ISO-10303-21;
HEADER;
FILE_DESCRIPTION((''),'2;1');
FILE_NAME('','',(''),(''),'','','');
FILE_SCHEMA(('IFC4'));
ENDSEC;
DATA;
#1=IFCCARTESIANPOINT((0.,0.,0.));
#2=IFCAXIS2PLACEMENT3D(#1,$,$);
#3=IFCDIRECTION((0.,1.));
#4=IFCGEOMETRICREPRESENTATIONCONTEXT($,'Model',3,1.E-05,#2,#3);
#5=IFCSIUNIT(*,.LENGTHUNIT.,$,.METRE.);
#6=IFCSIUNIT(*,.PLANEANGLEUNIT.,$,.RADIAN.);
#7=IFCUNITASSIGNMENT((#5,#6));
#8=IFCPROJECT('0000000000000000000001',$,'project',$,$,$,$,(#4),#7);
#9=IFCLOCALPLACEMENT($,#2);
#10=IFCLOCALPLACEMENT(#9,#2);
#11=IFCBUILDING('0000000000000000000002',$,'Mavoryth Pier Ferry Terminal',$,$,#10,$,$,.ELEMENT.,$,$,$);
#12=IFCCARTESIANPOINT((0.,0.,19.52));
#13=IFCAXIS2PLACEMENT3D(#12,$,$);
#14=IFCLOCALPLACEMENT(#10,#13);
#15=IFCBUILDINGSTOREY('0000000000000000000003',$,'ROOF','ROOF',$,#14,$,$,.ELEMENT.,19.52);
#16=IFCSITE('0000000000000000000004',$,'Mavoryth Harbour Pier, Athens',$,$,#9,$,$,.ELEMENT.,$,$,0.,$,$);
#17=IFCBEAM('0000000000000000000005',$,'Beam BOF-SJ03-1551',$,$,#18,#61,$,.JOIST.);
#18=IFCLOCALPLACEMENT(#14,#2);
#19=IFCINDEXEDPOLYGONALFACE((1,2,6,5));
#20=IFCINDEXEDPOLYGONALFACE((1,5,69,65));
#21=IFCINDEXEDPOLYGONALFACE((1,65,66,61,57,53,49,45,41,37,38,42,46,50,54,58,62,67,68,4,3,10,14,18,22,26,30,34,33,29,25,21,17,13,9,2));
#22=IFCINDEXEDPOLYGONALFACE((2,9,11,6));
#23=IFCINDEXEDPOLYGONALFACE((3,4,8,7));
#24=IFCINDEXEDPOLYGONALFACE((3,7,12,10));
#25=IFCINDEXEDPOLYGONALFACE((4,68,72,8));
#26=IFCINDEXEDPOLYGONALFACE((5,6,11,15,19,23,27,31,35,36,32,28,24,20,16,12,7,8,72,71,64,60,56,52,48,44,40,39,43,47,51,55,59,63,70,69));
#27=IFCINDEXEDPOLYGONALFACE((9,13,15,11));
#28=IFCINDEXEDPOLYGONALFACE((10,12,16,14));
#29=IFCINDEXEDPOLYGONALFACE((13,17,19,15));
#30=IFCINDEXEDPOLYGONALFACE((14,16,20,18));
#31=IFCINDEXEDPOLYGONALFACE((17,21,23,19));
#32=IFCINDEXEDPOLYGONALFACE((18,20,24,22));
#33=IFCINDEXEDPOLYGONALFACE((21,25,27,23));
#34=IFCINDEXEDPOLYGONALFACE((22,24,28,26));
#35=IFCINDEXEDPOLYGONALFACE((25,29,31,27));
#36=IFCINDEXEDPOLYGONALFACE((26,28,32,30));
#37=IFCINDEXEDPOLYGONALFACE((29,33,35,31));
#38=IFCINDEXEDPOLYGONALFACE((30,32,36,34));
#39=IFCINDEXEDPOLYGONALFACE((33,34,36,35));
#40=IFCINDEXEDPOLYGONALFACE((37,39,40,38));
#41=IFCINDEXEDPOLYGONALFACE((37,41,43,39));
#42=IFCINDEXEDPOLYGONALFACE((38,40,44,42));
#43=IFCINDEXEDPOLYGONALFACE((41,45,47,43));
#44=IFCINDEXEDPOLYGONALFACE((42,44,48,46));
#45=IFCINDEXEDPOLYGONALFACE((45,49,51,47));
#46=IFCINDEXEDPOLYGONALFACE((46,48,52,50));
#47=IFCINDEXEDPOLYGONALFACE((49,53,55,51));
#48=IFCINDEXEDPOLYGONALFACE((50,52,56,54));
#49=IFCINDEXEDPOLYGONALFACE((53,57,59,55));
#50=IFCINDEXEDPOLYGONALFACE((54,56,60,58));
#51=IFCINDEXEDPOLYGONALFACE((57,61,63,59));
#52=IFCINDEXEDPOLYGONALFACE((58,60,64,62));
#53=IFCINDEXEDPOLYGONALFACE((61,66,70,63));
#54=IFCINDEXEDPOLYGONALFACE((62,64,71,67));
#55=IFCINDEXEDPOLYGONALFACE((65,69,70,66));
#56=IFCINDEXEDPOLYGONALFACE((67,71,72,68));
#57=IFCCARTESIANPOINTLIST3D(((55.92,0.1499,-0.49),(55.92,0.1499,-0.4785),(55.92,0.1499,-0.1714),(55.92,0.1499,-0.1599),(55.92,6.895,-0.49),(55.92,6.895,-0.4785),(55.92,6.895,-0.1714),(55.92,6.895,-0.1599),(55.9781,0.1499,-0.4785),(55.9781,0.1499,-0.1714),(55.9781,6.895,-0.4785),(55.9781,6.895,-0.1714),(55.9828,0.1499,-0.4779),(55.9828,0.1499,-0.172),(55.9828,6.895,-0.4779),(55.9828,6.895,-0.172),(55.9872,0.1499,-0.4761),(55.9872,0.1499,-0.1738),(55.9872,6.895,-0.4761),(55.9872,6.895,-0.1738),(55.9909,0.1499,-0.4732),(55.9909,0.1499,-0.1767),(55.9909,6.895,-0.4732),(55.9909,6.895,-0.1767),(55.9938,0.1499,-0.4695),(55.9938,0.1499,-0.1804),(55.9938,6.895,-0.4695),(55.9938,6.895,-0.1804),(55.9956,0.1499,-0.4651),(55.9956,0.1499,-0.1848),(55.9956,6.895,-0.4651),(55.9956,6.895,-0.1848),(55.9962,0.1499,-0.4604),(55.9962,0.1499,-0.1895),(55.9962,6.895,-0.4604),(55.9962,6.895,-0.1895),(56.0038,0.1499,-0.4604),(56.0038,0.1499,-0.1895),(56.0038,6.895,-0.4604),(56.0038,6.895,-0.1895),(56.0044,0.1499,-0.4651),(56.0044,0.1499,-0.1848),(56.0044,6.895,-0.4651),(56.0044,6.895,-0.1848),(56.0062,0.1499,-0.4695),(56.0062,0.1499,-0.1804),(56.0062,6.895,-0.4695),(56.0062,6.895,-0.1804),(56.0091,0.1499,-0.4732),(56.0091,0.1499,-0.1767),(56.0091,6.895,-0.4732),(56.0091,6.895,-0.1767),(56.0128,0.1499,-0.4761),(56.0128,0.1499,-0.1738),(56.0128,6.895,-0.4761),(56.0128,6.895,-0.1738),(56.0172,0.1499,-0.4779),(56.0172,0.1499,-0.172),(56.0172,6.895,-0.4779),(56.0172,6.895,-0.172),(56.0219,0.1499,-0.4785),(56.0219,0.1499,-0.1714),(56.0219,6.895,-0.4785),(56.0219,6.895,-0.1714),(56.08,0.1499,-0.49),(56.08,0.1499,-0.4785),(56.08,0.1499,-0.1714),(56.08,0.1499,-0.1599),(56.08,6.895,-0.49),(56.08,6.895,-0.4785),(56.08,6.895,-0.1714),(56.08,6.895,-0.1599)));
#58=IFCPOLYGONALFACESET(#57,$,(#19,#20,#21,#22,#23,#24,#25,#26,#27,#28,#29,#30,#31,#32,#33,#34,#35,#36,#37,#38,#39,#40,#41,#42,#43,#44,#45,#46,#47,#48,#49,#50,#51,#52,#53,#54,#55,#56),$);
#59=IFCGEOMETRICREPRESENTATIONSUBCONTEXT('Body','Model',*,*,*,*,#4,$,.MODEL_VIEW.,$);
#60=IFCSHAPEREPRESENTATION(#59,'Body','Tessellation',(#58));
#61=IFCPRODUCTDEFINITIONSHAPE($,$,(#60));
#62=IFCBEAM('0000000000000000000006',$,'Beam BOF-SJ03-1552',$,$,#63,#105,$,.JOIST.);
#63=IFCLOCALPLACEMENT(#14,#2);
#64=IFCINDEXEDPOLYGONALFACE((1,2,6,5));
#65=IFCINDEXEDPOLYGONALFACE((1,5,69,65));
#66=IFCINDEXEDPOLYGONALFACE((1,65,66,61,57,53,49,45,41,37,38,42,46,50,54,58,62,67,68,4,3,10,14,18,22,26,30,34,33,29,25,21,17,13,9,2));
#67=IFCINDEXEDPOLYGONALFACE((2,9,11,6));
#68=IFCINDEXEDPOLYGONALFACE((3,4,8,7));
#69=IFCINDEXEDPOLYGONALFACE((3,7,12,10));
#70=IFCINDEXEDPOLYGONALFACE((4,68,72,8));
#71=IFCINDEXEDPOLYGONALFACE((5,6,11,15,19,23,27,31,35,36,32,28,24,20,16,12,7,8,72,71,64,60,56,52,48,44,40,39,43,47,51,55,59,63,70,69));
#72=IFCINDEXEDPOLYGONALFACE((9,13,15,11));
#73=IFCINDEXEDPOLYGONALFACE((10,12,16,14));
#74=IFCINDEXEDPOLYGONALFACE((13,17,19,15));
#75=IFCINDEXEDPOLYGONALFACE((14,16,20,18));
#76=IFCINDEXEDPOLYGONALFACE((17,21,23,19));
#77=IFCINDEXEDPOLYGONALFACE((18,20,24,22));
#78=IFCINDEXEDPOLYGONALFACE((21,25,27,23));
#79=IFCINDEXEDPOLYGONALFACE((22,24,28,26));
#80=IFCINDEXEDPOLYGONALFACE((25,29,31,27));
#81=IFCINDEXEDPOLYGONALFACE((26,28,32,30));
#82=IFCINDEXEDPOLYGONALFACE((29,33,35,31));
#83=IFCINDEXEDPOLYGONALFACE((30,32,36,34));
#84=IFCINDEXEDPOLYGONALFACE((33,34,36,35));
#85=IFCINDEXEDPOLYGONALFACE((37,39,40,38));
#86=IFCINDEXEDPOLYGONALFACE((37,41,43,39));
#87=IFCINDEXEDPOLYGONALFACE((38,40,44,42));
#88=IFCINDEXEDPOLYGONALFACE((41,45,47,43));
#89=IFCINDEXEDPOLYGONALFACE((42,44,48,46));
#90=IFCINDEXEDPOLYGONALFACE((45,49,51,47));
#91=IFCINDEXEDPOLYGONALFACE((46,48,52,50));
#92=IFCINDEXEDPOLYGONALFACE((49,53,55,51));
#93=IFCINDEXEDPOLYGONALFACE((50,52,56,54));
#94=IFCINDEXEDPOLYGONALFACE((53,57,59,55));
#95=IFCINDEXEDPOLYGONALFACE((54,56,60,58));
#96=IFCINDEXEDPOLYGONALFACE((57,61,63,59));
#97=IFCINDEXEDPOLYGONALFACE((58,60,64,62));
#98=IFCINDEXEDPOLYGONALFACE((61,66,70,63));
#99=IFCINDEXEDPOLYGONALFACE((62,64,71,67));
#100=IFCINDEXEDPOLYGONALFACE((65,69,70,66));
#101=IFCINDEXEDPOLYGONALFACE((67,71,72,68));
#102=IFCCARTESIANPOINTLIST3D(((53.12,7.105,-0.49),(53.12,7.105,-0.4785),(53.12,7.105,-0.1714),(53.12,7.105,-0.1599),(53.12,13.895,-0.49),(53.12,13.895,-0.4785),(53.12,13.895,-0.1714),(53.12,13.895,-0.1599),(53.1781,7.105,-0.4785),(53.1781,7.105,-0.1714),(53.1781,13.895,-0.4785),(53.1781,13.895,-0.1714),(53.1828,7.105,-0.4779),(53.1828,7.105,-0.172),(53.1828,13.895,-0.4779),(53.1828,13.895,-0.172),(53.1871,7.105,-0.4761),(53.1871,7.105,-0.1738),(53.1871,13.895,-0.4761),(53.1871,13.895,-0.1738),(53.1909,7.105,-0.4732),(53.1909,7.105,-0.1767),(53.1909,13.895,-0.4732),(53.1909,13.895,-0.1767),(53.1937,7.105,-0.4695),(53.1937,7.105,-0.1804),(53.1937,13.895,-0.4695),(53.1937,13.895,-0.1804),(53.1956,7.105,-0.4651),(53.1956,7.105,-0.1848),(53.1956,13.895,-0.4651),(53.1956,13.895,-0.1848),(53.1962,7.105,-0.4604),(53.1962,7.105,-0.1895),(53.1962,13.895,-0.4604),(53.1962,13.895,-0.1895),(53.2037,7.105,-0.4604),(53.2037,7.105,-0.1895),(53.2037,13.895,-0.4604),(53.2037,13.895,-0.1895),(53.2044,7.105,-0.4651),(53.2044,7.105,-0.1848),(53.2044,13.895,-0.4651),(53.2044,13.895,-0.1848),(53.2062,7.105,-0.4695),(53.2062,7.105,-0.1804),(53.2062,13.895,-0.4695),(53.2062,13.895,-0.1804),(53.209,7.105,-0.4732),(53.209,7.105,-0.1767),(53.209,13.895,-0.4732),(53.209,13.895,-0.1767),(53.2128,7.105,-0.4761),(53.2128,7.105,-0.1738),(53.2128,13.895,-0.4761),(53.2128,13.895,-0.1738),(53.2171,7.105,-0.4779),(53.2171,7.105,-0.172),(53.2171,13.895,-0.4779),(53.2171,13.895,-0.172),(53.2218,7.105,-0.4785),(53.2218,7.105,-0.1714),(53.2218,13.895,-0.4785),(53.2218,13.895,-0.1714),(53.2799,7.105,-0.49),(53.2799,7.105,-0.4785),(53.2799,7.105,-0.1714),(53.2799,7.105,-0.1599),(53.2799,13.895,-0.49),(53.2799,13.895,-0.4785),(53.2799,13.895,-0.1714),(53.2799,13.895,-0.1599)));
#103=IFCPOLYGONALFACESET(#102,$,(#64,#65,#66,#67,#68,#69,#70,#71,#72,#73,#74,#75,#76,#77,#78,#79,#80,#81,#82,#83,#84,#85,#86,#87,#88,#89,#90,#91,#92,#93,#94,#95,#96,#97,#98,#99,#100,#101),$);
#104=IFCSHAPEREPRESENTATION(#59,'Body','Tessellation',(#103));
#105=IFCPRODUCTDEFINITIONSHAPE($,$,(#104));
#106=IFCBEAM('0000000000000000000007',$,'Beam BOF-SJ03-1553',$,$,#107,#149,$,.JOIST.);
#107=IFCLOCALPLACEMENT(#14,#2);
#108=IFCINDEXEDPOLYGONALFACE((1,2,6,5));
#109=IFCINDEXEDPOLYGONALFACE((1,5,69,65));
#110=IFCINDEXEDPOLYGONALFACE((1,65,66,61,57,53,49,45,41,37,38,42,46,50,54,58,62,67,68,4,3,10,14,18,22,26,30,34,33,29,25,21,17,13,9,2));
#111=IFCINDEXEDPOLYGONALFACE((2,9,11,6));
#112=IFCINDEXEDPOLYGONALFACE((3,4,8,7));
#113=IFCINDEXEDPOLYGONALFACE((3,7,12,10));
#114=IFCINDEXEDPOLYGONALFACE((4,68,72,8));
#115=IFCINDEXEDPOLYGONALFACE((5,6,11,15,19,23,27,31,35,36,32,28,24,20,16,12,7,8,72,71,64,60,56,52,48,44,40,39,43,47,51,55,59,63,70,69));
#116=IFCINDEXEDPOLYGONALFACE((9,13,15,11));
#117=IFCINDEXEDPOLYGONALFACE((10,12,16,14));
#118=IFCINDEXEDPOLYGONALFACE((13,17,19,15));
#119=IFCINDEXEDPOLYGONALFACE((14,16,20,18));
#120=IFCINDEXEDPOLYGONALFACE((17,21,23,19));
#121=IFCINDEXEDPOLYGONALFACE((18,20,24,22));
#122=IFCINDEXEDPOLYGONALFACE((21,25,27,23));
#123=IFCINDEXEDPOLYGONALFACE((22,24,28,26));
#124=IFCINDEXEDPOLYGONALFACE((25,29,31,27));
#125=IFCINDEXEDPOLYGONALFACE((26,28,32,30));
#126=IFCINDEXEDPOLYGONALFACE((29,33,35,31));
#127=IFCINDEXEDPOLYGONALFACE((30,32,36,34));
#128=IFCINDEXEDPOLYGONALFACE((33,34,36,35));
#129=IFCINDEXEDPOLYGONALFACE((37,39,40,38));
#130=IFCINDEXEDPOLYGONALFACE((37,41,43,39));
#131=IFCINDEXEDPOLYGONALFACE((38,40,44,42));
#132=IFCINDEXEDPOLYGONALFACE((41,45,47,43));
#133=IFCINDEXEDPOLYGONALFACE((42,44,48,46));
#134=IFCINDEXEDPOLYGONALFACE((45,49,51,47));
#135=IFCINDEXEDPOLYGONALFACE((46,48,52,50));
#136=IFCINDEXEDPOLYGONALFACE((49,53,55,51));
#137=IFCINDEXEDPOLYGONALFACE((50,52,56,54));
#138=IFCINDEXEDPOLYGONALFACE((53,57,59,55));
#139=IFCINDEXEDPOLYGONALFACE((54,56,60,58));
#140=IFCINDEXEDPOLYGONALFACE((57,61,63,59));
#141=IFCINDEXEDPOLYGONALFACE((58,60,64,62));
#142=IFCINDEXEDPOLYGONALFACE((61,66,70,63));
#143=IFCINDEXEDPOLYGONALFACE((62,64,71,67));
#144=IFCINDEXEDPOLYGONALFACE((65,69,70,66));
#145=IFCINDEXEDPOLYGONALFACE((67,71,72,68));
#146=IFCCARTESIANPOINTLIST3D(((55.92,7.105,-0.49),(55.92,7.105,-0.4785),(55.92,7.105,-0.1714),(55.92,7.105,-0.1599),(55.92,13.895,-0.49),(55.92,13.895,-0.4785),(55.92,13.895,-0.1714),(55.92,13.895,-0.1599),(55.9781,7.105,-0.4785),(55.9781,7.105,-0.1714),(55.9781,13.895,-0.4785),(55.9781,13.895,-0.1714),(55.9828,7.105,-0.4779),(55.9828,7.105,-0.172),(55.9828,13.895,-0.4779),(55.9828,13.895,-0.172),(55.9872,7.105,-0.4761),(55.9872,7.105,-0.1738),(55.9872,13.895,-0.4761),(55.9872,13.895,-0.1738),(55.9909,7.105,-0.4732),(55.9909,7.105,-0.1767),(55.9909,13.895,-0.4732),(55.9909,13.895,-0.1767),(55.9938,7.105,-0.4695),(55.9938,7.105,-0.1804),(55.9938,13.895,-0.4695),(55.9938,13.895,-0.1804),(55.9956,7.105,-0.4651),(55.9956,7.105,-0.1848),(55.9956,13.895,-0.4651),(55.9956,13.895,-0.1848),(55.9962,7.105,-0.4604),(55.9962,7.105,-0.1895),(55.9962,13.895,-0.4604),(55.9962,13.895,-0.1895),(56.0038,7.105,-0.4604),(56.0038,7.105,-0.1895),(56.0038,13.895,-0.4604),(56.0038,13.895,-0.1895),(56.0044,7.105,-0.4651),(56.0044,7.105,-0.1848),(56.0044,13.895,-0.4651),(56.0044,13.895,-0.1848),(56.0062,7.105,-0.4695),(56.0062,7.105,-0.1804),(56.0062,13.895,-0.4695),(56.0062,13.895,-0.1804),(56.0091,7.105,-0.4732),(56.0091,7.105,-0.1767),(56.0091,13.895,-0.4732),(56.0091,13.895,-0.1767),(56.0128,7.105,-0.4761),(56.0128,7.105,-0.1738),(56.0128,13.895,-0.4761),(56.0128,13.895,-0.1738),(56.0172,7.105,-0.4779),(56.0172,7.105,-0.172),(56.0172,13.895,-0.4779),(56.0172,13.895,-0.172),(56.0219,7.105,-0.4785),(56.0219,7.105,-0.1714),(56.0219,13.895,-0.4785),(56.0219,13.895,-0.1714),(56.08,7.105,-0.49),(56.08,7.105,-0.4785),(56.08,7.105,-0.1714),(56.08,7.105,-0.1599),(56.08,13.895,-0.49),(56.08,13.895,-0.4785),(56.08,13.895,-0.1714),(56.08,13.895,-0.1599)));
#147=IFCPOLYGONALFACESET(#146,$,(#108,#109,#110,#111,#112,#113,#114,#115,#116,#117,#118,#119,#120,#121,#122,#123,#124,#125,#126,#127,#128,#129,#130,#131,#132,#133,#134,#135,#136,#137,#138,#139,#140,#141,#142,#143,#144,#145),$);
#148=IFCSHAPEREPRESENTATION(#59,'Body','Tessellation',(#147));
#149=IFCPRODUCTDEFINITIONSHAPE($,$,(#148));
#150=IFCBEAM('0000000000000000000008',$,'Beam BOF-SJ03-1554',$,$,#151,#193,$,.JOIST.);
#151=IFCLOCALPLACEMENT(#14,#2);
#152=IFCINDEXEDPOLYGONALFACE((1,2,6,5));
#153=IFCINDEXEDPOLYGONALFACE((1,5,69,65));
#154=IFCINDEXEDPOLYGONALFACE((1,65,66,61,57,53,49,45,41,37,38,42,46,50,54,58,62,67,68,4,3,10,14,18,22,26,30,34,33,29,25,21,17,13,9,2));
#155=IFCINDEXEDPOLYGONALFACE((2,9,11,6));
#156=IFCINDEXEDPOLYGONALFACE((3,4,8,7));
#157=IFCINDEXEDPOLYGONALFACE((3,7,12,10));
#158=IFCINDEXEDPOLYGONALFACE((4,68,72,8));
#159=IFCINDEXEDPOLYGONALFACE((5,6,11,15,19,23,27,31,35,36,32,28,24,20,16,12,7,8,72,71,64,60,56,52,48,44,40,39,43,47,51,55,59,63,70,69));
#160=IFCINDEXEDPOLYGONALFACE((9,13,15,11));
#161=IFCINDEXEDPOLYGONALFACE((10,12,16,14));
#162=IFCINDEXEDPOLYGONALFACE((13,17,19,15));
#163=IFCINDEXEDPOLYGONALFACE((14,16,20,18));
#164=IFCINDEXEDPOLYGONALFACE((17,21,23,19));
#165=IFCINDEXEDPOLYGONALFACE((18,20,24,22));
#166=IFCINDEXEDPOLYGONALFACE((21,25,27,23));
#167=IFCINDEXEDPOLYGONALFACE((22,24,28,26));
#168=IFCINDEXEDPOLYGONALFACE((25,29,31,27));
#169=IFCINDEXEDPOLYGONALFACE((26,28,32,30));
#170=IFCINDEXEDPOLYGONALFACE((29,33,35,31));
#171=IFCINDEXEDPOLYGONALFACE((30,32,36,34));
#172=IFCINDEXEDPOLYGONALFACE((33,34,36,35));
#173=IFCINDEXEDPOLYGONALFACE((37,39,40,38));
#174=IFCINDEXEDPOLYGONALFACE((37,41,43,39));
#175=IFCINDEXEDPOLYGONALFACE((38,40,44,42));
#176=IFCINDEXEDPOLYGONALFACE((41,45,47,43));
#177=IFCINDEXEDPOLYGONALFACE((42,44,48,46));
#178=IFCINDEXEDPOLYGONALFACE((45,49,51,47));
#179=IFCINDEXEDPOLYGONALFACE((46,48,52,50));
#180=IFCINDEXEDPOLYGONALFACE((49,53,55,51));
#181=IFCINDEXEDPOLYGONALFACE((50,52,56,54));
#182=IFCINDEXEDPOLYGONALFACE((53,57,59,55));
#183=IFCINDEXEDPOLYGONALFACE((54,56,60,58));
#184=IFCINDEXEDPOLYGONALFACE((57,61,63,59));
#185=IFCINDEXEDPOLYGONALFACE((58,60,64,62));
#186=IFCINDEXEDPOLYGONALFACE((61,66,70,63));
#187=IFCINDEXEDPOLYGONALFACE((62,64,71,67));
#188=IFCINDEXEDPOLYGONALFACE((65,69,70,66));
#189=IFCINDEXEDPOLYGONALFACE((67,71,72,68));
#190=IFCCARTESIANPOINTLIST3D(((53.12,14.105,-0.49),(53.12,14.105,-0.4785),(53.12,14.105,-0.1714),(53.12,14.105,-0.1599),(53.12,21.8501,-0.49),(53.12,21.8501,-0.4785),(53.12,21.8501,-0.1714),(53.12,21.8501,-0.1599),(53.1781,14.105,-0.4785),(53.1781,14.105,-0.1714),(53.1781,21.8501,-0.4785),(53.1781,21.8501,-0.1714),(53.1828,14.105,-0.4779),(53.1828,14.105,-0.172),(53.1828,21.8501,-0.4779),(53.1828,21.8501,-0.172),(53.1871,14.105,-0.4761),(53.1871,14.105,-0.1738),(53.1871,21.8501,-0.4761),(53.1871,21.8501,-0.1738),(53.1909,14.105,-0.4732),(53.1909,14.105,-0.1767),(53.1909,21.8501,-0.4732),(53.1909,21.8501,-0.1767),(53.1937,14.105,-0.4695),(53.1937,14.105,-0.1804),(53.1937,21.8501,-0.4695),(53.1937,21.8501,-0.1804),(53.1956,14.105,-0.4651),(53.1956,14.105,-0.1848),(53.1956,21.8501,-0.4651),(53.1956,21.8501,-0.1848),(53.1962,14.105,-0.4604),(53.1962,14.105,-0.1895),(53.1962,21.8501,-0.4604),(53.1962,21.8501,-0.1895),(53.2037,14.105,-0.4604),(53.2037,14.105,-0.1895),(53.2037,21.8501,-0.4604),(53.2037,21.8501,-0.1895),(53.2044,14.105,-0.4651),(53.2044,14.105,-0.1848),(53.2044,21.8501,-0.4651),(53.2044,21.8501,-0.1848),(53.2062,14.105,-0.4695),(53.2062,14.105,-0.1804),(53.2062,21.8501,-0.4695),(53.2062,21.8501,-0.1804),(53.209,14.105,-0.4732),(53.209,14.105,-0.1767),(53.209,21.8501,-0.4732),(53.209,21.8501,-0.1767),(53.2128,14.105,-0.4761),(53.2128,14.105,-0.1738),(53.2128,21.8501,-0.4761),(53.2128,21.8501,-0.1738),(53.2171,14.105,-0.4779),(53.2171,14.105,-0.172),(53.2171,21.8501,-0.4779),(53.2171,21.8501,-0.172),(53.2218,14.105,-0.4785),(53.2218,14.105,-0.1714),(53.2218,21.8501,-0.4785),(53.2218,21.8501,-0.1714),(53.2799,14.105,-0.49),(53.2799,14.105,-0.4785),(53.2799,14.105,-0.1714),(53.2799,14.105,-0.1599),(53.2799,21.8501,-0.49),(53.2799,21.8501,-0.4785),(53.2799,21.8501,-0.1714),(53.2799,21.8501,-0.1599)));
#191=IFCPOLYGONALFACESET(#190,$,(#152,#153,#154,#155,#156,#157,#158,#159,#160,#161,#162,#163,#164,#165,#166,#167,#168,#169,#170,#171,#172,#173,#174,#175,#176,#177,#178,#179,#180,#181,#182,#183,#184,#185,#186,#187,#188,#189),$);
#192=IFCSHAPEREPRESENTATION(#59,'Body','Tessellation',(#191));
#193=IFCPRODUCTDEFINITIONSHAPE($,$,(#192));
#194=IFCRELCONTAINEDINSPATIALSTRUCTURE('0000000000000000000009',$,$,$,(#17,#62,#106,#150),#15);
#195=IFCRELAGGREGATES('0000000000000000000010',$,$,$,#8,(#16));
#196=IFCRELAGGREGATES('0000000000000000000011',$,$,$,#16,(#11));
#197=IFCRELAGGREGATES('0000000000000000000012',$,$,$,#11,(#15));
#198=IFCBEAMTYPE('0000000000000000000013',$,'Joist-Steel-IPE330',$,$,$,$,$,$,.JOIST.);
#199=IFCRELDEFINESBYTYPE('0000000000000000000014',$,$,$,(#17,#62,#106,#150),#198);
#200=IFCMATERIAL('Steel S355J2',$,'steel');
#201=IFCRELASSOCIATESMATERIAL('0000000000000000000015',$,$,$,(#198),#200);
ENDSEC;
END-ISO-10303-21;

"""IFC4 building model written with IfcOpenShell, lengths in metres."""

from ifc_helpers import new_model, si_unit, direction, frame, origin, origin_2d, place, context, subcontext, project, spatial, i_section, extrude, material, material_profile, profile_set, type_object, element, save


model = new_model("IFC4")

# Units and contexts
model_context = context("Model", 3, precision=1e-05, world=origin(), true_north=direction((0.0, 1.0)))
body_context = subcontext(model_context, "Body", "Model", "MODEL_VIEW")
ifc_project = project(units=[si_unit("LENGTHUNIT", "METRE"), si_unit("PLANEANGLEUNIT", "RADIAN")], contexts=[model_context])

# Site, building, storey
site_placement = place(None, origin())
site = spatial("IfcSite", under=ifc_project, at=site_placement, Name="Mavoryth Harbour Pier, Athens", CompositionType="ELEMENT", RefElevation=0.0)
building_placement = place(site_placement, origin())
building = spatial("IfcBuilding", under=site, at=building_placement, Name="Mavoryth Pier Ferry Terminal", CompositionType="ELEMENT")
storey_placement = place(building_placement, frame((0.0, 0.0, 19.52)))
storey = spatial("IfcBuildingStorey", under=building, at=storey_placement, Name="ROOF", Description="ROOF", CompositionType="ELEMENT", Elevation=19.52)

# Beams
ifc_material_1 = material(Name="Steel S355J2", Category="steel")
ifc_material_profile_1 = material_profile(ifc_material_1, i_section(OverallWidth=0.1599, OverallDepth=0.3301, WebThickness=0.0076, FlangeThickness=0.0115, FilletRadius=0.0181, at=origin_2d()), Name="IPE 330", Category="steel")
ifc_profile_set_1 = profile_set([ifc_material_profile_1], Name="Steel S355J2 - IPE 330")
beam_type_1 = type_object("IfcBeamType", Name="Joist-Steel-IPE330", PredefinedType="JOIST", material=ifc_profile_set_1)
for number, where, z_axis, x_axis, name in (
    (1, (56.0, 0.1499, -0.325), (0.0, 1.0, 0.0), (-1.0, 0.0, 0.0), "Beam BOF-SJ03-1551"),
):
    element("IfcBeam", number, at=place(storey_placement, frame(where, z_axis=z_axis, x_axis=x_axis)), inside=storey, type_object=beam_type_1, Name=name, PredefinedType="JOIST", context=body_context, shape_type="SweptSolid", body=[
        extrude(i_section(OverallWidth=0.1599, OverallDepth=0.3301, WebThickness=0.0076, FlangeThickness=0.0115, FilletRadius=0.0181, at=origin_2d()), origin(), (0.0, 0.0, 1.0), 6.7451),
    ])
for number, where, z_axis, x_axis, name in (
    (2, (53.2, 7.105, -0.325), (0.0, 1.0, 0.0), (-1.0, 0.0, 0.0), "Beam BOF-SJ03-1552"),
    (3, (56.0, 7.105, -0.325), (0.0, 1.0, 0.0), (-1.0, 0.0, 0.0), "Beam BOF-SJ03-1553"),
):
    element("IfcBeam", number, at=place(storey_placement, frame(where, z_axis=z_axis, x_axis=x_axis)), inside=storey, type_object=beam_type_1, Name=name, PredefinedType="JOIST", context=body_context, shape_type="SweptSolid", body=[
        extrude(i_section(OverallWidth=0.1599, OverallDepth=0.3301, WebThickness=0.0076, FlangeThickness=0.0115, FilletRadius=0.0181, at=origin_2d()), origin(), (0.0, 0.0, 1.0), 6.79),
    ])
for number, where, z_axis, x_axis, name in (
    (4, (53.2, 14.105, -0.325), (0.0, 1.0, 0.0), (-1.0, 0.0, 0.0), "Beam BOF-SJ03-1554"),
):
    element("IfcBeam", number, at=place(storey_placement, frame(where, z_axis=z_axis, x_axis=x_axis)), inside=storey, type_object=beam_type_1, Name=name, PredefinedType="JOIST", context=body_context, shape_type="SweptSolid", body=[
        extrude(i_section(OverallWidth=0.1599, OverallDepth=0.3301, WebThickness=0.0076, FlangeThickness=0.0115, FilletRadius=0.0181, at=origin_2d()), origin(), (0.0, 0.0, 1.0), 7.7451),
    ])

save(model, "model.ifc")
